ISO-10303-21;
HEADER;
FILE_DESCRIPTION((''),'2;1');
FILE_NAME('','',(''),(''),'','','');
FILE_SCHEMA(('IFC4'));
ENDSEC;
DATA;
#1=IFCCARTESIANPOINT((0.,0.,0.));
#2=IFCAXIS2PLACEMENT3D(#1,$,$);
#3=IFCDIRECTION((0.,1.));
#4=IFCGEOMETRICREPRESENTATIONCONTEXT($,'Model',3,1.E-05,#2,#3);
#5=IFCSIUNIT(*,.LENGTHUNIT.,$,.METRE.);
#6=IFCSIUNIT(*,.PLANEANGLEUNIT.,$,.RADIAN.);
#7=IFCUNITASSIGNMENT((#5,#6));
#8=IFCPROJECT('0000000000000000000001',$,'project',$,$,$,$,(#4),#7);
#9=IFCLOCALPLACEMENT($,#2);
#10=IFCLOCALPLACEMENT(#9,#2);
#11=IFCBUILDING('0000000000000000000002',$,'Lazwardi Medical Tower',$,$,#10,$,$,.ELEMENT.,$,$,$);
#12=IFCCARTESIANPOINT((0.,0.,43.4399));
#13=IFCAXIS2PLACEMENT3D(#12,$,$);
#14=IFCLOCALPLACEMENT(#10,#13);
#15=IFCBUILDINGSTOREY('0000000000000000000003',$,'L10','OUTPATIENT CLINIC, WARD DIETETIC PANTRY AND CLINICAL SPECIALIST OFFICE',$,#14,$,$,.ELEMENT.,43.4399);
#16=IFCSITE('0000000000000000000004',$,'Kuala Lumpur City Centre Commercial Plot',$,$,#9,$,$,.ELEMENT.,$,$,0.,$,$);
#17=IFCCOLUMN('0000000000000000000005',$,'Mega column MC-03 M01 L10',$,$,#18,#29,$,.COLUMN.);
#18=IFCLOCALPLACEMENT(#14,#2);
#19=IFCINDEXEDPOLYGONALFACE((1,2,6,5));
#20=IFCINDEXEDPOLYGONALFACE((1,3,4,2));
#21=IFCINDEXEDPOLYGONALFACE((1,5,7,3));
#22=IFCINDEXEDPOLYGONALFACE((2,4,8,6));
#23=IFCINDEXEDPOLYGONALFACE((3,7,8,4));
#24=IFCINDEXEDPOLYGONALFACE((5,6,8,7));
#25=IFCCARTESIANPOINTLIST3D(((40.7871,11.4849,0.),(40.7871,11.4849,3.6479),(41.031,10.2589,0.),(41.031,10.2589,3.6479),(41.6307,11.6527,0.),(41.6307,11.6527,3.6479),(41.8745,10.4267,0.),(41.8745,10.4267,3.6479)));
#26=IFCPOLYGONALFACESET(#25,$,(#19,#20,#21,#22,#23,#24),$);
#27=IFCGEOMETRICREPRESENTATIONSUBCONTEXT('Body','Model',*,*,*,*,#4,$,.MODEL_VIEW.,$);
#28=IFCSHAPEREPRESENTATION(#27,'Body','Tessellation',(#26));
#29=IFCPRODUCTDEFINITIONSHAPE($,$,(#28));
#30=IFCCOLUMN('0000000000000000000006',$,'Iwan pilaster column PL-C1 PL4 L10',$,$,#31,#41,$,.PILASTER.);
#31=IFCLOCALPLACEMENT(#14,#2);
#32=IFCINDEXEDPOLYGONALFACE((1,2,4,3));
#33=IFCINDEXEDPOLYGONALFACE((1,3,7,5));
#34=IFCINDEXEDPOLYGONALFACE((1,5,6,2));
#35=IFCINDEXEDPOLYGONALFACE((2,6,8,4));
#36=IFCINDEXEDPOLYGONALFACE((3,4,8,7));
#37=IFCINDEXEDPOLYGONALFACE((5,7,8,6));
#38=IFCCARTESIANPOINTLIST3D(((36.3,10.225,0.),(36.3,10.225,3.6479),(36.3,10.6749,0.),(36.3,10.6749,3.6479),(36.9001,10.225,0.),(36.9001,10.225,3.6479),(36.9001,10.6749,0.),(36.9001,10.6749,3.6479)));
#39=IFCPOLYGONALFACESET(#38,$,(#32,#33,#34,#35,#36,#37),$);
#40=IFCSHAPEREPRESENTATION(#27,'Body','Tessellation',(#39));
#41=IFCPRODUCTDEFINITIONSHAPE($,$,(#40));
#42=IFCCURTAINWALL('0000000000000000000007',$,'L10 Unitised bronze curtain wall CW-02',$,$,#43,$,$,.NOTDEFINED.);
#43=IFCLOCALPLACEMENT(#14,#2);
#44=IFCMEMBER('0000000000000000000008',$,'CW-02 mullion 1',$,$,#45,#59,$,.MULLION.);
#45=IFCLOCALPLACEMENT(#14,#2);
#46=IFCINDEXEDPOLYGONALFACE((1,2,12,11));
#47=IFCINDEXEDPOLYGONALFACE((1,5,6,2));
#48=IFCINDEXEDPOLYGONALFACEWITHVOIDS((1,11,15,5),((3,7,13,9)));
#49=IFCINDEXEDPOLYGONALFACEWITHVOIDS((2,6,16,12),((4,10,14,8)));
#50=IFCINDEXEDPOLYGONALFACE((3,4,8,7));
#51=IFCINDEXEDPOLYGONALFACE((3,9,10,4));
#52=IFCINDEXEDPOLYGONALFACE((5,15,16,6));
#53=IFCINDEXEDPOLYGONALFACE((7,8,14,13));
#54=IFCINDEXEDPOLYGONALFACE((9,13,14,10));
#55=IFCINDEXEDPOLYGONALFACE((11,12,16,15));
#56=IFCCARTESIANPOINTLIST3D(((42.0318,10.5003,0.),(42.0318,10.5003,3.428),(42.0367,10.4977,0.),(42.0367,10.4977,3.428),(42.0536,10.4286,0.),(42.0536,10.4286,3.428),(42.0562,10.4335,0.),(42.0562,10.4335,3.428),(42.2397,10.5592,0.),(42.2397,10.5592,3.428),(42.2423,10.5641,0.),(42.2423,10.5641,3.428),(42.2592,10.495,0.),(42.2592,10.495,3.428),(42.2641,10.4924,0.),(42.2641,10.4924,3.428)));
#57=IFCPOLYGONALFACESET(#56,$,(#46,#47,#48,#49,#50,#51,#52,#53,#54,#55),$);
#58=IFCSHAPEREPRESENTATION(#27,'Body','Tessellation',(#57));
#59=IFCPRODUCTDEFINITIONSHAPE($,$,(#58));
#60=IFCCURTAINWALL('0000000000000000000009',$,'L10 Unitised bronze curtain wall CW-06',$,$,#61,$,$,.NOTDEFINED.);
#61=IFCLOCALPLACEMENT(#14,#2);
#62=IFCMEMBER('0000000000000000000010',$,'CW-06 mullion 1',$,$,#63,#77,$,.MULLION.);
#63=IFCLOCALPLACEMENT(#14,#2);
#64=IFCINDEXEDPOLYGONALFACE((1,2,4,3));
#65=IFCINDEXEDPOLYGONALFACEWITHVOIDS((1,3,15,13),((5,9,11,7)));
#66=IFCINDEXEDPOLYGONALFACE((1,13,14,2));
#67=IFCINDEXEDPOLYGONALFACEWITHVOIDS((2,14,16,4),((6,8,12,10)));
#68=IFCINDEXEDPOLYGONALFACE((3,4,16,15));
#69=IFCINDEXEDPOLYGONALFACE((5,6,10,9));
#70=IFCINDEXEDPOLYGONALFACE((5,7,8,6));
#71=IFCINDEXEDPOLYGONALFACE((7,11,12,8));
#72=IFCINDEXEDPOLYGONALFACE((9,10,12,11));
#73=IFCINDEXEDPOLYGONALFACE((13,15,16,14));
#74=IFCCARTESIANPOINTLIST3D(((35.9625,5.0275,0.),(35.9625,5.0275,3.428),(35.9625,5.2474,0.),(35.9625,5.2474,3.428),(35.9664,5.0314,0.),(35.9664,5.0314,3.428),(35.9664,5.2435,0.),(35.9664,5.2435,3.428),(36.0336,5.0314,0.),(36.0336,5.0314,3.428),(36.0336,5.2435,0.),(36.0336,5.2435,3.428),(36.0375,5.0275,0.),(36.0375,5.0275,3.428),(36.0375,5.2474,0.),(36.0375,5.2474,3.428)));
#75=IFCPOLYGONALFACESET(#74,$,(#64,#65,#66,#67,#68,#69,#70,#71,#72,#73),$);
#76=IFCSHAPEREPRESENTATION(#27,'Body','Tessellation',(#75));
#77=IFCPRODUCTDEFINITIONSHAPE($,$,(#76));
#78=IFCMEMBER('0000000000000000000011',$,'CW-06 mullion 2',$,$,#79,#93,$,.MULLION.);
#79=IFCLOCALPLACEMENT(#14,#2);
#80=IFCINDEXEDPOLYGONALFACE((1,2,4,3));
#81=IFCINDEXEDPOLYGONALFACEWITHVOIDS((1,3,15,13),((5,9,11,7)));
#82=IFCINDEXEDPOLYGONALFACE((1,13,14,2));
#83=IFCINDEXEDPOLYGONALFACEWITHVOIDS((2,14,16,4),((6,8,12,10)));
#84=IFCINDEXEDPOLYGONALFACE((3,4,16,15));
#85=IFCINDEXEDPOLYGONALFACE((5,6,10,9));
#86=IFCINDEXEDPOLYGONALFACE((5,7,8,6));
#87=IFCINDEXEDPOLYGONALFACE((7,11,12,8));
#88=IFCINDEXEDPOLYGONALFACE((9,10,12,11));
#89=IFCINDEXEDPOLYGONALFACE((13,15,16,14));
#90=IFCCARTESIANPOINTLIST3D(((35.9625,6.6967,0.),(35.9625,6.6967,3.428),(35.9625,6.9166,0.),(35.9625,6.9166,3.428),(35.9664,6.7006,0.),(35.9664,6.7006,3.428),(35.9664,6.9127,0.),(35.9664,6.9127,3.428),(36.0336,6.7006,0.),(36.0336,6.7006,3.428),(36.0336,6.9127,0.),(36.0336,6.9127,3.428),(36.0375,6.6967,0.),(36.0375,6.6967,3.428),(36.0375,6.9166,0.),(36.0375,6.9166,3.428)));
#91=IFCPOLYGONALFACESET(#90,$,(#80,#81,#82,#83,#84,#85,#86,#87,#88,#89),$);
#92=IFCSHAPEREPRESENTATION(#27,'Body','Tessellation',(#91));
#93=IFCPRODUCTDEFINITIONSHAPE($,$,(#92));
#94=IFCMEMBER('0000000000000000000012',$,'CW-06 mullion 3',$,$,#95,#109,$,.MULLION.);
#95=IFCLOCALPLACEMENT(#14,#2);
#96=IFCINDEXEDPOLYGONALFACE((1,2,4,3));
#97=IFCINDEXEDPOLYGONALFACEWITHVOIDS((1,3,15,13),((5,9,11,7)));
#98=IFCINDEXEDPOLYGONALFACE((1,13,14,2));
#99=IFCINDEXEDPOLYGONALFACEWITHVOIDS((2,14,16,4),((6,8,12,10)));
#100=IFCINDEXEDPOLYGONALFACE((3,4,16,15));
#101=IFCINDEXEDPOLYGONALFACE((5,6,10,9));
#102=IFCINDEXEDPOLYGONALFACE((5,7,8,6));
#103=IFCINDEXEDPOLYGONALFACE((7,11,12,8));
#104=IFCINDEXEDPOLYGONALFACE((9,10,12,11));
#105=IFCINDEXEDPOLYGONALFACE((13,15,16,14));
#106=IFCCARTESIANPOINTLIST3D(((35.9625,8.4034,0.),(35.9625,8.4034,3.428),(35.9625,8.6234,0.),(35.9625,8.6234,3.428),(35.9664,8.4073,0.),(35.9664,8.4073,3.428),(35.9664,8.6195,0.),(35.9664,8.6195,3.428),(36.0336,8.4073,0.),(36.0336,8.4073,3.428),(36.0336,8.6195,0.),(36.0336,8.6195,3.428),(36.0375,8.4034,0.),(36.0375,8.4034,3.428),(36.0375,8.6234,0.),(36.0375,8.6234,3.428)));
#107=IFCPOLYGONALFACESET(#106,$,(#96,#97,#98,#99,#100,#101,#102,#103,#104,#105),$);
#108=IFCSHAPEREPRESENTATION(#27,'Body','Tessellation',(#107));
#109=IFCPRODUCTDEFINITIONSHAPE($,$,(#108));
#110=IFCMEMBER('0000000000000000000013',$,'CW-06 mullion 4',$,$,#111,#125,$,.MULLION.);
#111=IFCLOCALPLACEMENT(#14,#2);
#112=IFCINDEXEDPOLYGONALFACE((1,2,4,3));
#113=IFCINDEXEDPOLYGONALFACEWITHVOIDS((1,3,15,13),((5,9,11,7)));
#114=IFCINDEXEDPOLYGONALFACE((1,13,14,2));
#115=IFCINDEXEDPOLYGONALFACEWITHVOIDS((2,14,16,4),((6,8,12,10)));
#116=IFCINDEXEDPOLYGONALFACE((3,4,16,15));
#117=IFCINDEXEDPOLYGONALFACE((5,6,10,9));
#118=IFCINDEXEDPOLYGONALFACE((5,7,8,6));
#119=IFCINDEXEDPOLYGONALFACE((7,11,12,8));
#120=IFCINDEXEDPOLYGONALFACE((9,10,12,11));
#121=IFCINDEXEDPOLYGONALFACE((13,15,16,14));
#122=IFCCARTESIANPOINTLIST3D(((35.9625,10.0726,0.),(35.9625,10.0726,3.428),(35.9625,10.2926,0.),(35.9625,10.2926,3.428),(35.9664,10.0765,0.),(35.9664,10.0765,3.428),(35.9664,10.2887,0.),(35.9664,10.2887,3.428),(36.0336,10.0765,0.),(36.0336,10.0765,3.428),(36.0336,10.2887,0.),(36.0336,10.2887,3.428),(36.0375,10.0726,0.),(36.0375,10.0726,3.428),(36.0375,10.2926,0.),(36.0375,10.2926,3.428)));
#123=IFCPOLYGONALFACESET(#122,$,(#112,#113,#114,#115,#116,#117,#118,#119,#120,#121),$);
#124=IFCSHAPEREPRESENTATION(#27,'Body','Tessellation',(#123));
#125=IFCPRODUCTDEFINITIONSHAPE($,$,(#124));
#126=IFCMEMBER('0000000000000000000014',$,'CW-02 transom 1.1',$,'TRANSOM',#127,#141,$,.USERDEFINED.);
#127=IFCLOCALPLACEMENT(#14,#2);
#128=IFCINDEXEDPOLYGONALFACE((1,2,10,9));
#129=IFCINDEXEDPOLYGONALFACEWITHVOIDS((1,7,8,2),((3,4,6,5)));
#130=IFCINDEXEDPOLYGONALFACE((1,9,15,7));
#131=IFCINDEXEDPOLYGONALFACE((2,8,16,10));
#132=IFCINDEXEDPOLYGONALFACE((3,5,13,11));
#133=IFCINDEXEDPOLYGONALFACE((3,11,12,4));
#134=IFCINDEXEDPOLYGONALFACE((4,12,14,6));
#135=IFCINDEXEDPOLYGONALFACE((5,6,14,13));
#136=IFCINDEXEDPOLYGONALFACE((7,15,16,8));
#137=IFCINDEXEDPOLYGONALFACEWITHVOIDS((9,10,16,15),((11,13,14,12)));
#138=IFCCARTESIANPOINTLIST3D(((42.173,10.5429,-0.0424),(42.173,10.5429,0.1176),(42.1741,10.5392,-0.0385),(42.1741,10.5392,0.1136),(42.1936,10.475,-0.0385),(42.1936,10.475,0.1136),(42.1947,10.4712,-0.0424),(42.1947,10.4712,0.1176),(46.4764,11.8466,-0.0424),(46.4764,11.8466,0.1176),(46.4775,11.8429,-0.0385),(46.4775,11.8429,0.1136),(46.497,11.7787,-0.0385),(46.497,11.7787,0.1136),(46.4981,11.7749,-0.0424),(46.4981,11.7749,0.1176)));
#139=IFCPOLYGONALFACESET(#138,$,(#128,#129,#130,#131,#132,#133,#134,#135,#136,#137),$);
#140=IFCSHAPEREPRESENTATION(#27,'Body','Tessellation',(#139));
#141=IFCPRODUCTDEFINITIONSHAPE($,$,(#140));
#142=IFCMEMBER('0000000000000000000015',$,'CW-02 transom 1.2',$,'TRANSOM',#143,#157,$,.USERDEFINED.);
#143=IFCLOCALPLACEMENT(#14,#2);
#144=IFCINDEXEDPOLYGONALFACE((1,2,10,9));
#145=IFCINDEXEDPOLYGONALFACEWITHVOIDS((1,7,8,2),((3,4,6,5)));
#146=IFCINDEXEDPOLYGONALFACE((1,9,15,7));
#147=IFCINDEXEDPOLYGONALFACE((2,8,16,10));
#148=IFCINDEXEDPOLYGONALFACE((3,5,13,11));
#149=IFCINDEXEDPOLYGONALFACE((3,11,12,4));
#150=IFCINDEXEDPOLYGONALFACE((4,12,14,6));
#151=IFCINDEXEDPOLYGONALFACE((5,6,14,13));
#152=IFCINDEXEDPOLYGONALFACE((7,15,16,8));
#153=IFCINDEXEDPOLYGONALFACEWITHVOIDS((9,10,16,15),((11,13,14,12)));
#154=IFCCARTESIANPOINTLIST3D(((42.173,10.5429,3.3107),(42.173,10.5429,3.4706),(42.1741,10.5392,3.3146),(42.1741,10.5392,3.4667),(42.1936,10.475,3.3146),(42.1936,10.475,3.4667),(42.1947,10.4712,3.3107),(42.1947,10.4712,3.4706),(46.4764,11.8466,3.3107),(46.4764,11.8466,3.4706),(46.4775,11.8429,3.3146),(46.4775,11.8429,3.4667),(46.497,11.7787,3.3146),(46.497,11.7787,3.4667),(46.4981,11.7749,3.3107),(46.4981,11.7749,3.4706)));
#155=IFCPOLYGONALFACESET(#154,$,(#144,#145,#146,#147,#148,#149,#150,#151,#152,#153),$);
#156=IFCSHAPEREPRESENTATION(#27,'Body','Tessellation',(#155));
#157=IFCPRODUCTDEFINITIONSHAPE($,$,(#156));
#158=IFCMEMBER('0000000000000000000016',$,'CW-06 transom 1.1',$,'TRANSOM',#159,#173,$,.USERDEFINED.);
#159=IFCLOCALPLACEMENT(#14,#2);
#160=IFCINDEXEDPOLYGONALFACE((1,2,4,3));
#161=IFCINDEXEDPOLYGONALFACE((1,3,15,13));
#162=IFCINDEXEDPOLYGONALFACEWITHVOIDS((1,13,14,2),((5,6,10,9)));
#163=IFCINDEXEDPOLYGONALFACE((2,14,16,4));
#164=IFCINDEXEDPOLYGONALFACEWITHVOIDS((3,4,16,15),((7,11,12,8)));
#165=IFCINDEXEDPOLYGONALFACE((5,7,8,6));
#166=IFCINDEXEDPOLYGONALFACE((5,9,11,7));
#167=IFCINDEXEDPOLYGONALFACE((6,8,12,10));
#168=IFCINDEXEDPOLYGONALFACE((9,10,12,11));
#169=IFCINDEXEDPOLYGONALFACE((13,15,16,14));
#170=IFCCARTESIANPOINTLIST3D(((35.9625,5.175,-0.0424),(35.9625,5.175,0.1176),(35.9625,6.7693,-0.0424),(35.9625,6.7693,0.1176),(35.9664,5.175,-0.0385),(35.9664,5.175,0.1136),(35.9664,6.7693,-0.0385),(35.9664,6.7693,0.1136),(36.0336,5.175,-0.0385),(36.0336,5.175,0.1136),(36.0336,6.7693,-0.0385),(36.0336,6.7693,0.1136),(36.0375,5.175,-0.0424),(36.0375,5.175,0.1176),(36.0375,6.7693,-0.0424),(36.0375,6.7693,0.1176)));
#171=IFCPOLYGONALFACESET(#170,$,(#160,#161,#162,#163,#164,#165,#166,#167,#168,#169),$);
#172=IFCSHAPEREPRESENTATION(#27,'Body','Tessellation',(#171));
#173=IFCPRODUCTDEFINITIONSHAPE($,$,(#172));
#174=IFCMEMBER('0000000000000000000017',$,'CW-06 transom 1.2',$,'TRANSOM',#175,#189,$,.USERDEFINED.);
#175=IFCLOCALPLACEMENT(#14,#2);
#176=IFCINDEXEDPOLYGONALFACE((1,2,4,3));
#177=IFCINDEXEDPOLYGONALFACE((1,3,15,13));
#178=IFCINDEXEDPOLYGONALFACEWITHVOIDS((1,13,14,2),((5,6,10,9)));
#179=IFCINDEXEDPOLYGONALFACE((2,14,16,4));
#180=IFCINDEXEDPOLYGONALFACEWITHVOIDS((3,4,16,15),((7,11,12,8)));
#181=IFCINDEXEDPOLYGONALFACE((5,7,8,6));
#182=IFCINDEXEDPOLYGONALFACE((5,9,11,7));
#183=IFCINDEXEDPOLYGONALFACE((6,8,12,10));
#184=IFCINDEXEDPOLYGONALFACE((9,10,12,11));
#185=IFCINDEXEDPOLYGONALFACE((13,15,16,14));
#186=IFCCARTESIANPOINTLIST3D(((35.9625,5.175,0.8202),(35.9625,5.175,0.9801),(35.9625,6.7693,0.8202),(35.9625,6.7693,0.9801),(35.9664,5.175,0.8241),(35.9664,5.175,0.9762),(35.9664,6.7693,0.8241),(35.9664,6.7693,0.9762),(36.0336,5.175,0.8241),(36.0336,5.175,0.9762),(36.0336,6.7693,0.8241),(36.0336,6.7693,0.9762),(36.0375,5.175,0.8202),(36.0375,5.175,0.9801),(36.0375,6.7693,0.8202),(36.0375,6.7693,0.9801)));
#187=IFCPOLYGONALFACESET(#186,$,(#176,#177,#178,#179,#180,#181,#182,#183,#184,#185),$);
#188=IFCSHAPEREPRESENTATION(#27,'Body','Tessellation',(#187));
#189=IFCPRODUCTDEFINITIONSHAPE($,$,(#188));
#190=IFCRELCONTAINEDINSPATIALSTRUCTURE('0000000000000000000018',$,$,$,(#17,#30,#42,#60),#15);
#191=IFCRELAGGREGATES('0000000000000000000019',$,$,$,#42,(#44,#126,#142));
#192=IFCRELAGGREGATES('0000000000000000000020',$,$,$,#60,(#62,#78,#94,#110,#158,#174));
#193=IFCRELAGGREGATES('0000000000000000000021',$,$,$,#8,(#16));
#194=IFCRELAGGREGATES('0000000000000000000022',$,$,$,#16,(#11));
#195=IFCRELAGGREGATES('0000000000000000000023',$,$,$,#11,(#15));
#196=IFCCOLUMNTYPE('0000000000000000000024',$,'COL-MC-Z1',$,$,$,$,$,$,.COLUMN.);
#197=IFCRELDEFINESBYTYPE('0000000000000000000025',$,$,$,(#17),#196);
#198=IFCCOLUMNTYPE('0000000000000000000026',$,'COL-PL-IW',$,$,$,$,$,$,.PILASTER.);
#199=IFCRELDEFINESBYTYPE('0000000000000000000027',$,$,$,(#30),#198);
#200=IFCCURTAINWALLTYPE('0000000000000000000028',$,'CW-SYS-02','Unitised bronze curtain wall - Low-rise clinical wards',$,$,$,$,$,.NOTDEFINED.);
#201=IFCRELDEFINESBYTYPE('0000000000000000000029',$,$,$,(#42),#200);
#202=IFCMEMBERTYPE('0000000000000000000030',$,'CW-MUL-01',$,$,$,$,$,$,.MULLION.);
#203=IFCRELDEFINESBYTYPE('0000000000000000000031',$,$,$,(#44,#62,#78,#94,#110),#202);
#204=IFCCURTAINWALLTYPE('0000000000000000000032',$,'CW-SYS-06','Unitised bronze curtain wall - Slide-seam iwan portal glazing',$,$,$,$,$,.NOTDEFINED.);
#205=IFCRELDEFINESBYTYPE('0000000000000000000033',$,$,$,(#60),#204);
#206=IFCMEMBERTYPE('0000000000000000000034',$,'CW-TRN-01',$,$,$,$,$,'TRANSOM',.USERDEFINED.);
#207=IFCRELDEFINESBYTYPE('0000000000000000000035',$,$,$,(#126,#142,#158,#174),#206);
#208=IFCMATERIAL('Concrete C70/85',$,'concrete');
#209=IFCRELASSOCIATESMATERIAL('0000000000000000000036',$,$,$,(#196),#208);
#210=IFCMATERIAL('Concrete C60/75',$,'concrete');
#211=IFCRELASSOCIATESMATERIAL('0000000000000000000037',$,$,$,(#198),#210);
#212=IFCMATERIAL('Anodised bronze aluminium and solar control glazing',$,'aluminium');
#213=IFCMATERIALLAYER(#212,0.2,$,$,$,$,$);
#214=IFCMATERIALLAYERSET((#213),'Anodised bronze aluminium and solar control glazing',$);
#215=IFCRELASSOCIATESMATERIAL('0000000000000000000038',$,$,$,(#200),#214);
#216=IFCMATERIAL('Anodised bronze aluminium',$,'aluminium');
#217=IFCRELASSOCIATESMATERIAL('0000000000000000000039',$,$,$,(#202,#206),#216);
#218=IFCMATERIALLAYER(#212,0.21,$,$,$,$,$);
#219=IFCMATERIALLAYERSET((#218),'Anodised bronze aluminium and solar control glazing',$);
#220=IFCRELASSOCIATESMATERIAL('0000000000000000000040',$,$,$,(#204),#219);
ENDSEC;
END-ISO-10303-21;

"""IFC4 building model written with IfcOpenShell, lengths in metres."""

from ifc_helpers import new_model, si_unit, direction, frame, origin, origin_2d, place, context, subcontext, project, spatial, rectangle, hollow_rectangle, extrude, material, layer, layer_set, material_profile, profile_set, type_object, element, aggregate, save


model = new_model("IFC4")

# Units and contexts
model_context = context("Model", 3, precision=1e-05, world=origin(), true_north=direction((0.0, 1.0)))
body_context = subcontext(model_context, "Body", "Model", "MODEL_VIEW")
ifc_project = project(units=[si_unit("LENGTHUNIT", "METRE"), si_unit("PLANEANGLEUNIT", "RADIAN")], contexts=[model_context])

# Site, building, storey
site_placement = place(None, origin())
site = spatial("IfcSite", under=ifc_project, at=site_placement, Name="Kuala Lumpur City Centre Commercial Plot", CompositionType="ELEMENT", RefElevation=0.0)
building_placement = place(site_placement, origin())
building = spatial("IfcBuilding", under=site, at=building_placement, Name="Lazwardi Medical Tower", CompositionType="ELEMENT")
storey_placement = place(building_placement, frame((0.0, 0.0, 43.4399)))
storey = spatial("IfcBuildingStorey", under=building, at=storey_placement, Name="L10", Description="OUTPATIENT CLINIC, WARD DIETETIC PANTRY AND CLINICAL SPECIALIST OFFICE", CompositionType="ELEMENT", Elevation=43.4399)

# Columns
ifc_material_1 = material(Name="Concrete C70/85", Category="concrete")
ifc_material_profile_1 = material_profile(ifc_material_1, rectangle(XDim=1.25, YDim=0.8601, at=origin_2d()), Name="CFT-RECT 1250x860")
ifc_profile_set_1 = profile_set([ifc_material_profile_1], Name="Concrete C70/85")
column_type_1 = type_object("IfcColumnType", Name="COL-MC-Z1", PredefinedType="COLUMN", material=ifc_profile_set_1)
column_1_placement = place(storey_placement, frame((41.3308, 10.9558, 0.0), z_axis=(0.0, 0.0, 1.0), x_axis=(0.19509, -0.980785, 0.0)))
element("IfcColumn", 1, at=column_1_placement, inside=storey, type_object=column_type_1, Name="Mega column MC-03 M01 L10", PredefinedType="COLUMN", context=body_context, shape_type="SweptSolid", body=[
    extrude(rectangle(XDim=1.25, YDim=0.8601, at=origin_2d()), origin(), (0.0, 0.0, 1.0), 3.6479),
])
ifc_material_2 = material(Name="Concrete C60/75", Category="concrete")
ifc_material_profile_2 = material_profile(ifc_material_2, rectangle(XDim=0.6001, YDim=0.45, at=origin_2d()), Name="RC 600x450")
ifc_profile_set_2 = profile_set([ifc_material_profile_2], Name="Concrete C60/75")
column_type_2 = type_object("IfcColumnType", Name="COL-PL-IW", PredefinedType="PILASTER", material=ifc_profile_set_2)
column_2_placement = place(storey_placement, frame((36.6001, 10.45, 0.0), z_axis=(0.0, 0.0, 1.0), x_axis=(1.0, 0.0, 0.0)))
element("IfcColumn", 2, at=column_2_placement, inside=storey, type_object=column_type_2, Name="Iwan pilaster column PL-C1 PL4 L10", PredefinedType="PILASTER", context=body_context, shape_type="SweptSolid", body=[
    extrude(rectangle(XDim=0.6001, YDim=0.45, at=origin_2d()), origin(), (0.0, 0.0, 1.0), 3.6479),
])

# Curtain wall, member
ifc_material_3 = material(Name="Anodised bronze aluminium and solar control glazing", Category="aluminium")
ifc_layer_1 = layer(ifc_material_3, 0.2)
ifc_layer_set_1 = layer_set([ifc_layer_1], Name="Anodised bronze aluminium and solar control glazing")
curtain_wall_type_1 = type_object("IfcCurtainWallType", Name="CW-SYS-02", Description="Unitised bronze curtain wall - Low-rise clinical wards", PredefinedType="NOTDEFINED", material=ifc_layer_set_1)
curtain_wall_1_placement = place(storey_placement, origin())
curtain_wall_1 = element("IfcCurtainWall", 3, at=curtain_wall_1_placement, inside=storey, type_object=curtain_wall_type_1, Name="L10 Unitised bronze curtain wall CW-02", PredefinedType="NOTDEFINED")
ifc_material_4 = material(Name="Anodised bronze aluminium", Category="aluminium")
ifc_material_profile_3 = material_profile(ifc_material_4, hollow_rectangle(XDim=0.075, YDim=0.22, WallThickness=0.0039, at=origin_2d()), Name="ALU-MULLION 220x75x4")
ifc_profile_set_3 = profile_set([ifc_material_profile_3], Name="Anodised bronze aluminium")
member_type_1 = type_object("IfcMemberType", Name="CW-MUL-01", PredefinedType="MULLION", material=ifc_profile_set_3)
member_1_placement = place(storey_placement, frame((42.1479, 10.4963, 0.0), z_axis=(0.0, 0.0, 1.0), x_axis=(-0.289896, 0.957058, 0.0)))
member_1 = element("IfcMember", 4, at=member_1_placement, type_object=member_type_1, Name="CW-02 mullion 1", PredefinedType="MULLION", context=body_context, shape_type="SweptSolid", body=[
    extrude(hollow_rectangle(XDim=0.075, YDim=0.22, WallThickness=0.0039, at=origin_2d()), origin(), (0.0, 0.0, 1.0), 3.428),
])

# Curtain wall, members
ifc_layer_2 = layer(ifc_material_3, 0.21)
ifc_layer_set_2 = layer_set([ifc_layer_2], Name="Anodised bronze aluminium and solar control glazing")
curtain_wall_type_2 = type_object("IfcCurtainWallType", Name="CW-SYS-06", Description="Unitised bronze curtain wall - Slide-seam iwan portal glazing", PredefinedType="NOTDEFINED", material=ifc_layer_set_2)
curtain_wall_2_placement = place(storey_placement, origin())
curtain_wall_2 = element("IfcCurtainWall", 5, at=curtain_wall_2_placement, inside=storey, type_object=curtain_wall_type_2, Name="L10 Unitised bronze curtain wall CW-06", PredefinedType="NOTDEFINED")
member_2_placement = place(storey_placement, frame((36.0, 5.1375, 0.0), z_axis=(0.0, 0.0, 1.0), x_axis=(-1.0, 0.0, 0.0)))
member_2 = element("IfcMember", 6, at=member_2_placement, type_object=member_type_1, Name="CW-06 mullion 1", PredefinedType="MULLION", context=body_context, shape_type="SweptSolid", body=[
    extrude(hollow_rectangle(XDim=0.075, YDim=0.22, WallThickness=0.0039, at=origin_2d()), origin(), (0.0, 0.0, 1.0), 3.428),
])
member_3_placement = place(storey_placement, frame((36.0, 6.8066, 0.0), z_axis=(0.0, 0.0, 1.0), x_axis=(-1.0, 0.0, 0.0)))
member_3 = element("IfcMember", 7, at=member_3_placement, type_object=member_type_1, Name="CW-06 mullion 2", PredefinedType="MULLION", context=body_context, shape_type="SweptSolid", body=[
    extrude(hollow_rectangle(XDim=0.075, YDim=0.22, WallThickness=0.0039, at=origin_2d()), origin(), (0.0, 0.0, 1.0), 3.428),
])
member_4_placement = place(storey_placement, frame((36.0, 8.5134, 0.0), z_axis=(0.0, 0.0, 1.0), x_axis=(-1.0, 0.0, 0.0)))
member_4 = element("IfcMember", 8, at=member_4_placement, type_object=member_type_1, Name="CW-06 mullion 3", PredefinedType="MULLION", context=body_context, shape_type="SweptSolid", body=[
    extrude(hollow_rectangle(XDim=0.075, YDim=0.22, WallThickness=0.0039, at=origin_2d()), origin(), (0.0, 0.0, 1.0), 3.428),
])
member_5_placement = place(storey_placement, frame((36.0, 10.1826, 0.0), z_axis=(0.0, 0.0, 1.0), x_axis=(-1.0, 0.0, 0.0)))
member_5 = element("IfcMember", 9, at=member_5_placement, type_object=member_type_1, Name="CW-06 mullion 4", PredefinedType="MULLION", context=body_context, shape_type="SweptSolid", body=[
    extrude(hollow_rectangle(XDim=0.075, YDim=0.22, WallThickness=0.0039, at=origin_2d()), origin(), (0.0, 0.0, 1.0), 3.428),
])

# Members
ifc_material_profile_4 = material_profile(ifc_material_4, hollow_rectangle(XDim=0.075, YDim=0.1599, WallThickness=0.0039, at=origin_2d()), Name="ALU-TRANSOM 160x75x4")
ifc_profile_set_4 = profile_set([ifc_material_profile_4], Name="Anodised bronze aluminium")
member_type_2 = type_object("IfcMemberType", Name="CW-TRN-01", ElementType="TRANSOM", PredefinedType="USERDEFINED", material=ifc_profile_set_4)
member_6_placement = place(storey_placement, frame((42.1838, 10.5071, 0.0376), z_axis=(0.957047, 0.289932, 0.0), x_axis=(-0.289932, 0.957047, 0.0)))
member_6 = element("IfcMember", 10, at=member_6_placement, type_object=member_type_2, Name="CW-02 transom 1.1", ObjectType="TRANSOM", PredefinedType="USERDEFINED", context=body_context, shape_type="SweptSolid", body=[
    extrude(hollow_rectangle(XDim=0.075, YDim=0.1599, WallThickness=0.0039, at=origin_2d()), origin(), (0.0, 0.0, 1.0), 4.4966),
])
member_7_placement = place(storey_placement, frame((42.1838, 10.5071, 3.3906), z_axis=(0.957047, 0.289932, 0.0), x_axis=(-0.289932, 0.957047, 0.0)))
member_7 = element("IfcMember", 11, at=member_7_placement, type_object=member_type_2, Name="CW-02 transom 1.2", ObjectType="TRANSOM", PredefinedType="USERDEFINED", context=body_context, shape_type="SweptSolid", body=[
    extrude(hollow_rectangle(XDim=0.075, YDim=0.1599, WallThickness=0.0039, at=origin_2d()), origin(), (0.0, 0.0, 1.0), 4.4966),
])
aggregate(curtain_wall_1, [member_1, member_6, member_7])
member_8_placement = place(storey_placement, frame((36.0, 5.175, 0.0376), z_axis=(0.0, 1.0, 0.0), x_axis=(-1.0, 0.0, 0.0)))
member_8 = element("IfcMember", 12, at=member_8_placement, type_object=member_type_2, Name="CW-06 transom 1.1", ObjectType="TRANSOM", PredefinedType="USERDEFINED", context=body_context, shape_type="SweptSolid", body=[
    extrude(hollow_rectangle(XDim=0.075, YDim=0.1599, WallThickness=0.0039, at=origin_2d()), origin(), (0.0, 0.0, 1.0), 1.5942),
])
member_9_placement = place(storey_placement, frame((36.0, 5.175, 0.9001), z_axis=(0.0, 1.0, 0.0), x_axis=(-1.0, 0.0, 0.0)))
member_9 = element("IfcMember", 13, at=member_9_placement, type_object=member_type_2, Name="CW-06 transom 1.2", ObjectType="TRANSOM", PredefinedType="USERDEFINED", context=body_context, shape_type="SweptSolid", body=[
    extrude(hollow_rectangle(XDim=0.075, YDim=0.1599, WallThickness=0.0039, at=origin_2d()), origin(), (0.0, 0.0, 1.0), 1.5942),
])

aggregate(curtain_wall_2, [member_2, member_3, member_4, member_5, member_8, member_9])

save(model, "model.ifc")
